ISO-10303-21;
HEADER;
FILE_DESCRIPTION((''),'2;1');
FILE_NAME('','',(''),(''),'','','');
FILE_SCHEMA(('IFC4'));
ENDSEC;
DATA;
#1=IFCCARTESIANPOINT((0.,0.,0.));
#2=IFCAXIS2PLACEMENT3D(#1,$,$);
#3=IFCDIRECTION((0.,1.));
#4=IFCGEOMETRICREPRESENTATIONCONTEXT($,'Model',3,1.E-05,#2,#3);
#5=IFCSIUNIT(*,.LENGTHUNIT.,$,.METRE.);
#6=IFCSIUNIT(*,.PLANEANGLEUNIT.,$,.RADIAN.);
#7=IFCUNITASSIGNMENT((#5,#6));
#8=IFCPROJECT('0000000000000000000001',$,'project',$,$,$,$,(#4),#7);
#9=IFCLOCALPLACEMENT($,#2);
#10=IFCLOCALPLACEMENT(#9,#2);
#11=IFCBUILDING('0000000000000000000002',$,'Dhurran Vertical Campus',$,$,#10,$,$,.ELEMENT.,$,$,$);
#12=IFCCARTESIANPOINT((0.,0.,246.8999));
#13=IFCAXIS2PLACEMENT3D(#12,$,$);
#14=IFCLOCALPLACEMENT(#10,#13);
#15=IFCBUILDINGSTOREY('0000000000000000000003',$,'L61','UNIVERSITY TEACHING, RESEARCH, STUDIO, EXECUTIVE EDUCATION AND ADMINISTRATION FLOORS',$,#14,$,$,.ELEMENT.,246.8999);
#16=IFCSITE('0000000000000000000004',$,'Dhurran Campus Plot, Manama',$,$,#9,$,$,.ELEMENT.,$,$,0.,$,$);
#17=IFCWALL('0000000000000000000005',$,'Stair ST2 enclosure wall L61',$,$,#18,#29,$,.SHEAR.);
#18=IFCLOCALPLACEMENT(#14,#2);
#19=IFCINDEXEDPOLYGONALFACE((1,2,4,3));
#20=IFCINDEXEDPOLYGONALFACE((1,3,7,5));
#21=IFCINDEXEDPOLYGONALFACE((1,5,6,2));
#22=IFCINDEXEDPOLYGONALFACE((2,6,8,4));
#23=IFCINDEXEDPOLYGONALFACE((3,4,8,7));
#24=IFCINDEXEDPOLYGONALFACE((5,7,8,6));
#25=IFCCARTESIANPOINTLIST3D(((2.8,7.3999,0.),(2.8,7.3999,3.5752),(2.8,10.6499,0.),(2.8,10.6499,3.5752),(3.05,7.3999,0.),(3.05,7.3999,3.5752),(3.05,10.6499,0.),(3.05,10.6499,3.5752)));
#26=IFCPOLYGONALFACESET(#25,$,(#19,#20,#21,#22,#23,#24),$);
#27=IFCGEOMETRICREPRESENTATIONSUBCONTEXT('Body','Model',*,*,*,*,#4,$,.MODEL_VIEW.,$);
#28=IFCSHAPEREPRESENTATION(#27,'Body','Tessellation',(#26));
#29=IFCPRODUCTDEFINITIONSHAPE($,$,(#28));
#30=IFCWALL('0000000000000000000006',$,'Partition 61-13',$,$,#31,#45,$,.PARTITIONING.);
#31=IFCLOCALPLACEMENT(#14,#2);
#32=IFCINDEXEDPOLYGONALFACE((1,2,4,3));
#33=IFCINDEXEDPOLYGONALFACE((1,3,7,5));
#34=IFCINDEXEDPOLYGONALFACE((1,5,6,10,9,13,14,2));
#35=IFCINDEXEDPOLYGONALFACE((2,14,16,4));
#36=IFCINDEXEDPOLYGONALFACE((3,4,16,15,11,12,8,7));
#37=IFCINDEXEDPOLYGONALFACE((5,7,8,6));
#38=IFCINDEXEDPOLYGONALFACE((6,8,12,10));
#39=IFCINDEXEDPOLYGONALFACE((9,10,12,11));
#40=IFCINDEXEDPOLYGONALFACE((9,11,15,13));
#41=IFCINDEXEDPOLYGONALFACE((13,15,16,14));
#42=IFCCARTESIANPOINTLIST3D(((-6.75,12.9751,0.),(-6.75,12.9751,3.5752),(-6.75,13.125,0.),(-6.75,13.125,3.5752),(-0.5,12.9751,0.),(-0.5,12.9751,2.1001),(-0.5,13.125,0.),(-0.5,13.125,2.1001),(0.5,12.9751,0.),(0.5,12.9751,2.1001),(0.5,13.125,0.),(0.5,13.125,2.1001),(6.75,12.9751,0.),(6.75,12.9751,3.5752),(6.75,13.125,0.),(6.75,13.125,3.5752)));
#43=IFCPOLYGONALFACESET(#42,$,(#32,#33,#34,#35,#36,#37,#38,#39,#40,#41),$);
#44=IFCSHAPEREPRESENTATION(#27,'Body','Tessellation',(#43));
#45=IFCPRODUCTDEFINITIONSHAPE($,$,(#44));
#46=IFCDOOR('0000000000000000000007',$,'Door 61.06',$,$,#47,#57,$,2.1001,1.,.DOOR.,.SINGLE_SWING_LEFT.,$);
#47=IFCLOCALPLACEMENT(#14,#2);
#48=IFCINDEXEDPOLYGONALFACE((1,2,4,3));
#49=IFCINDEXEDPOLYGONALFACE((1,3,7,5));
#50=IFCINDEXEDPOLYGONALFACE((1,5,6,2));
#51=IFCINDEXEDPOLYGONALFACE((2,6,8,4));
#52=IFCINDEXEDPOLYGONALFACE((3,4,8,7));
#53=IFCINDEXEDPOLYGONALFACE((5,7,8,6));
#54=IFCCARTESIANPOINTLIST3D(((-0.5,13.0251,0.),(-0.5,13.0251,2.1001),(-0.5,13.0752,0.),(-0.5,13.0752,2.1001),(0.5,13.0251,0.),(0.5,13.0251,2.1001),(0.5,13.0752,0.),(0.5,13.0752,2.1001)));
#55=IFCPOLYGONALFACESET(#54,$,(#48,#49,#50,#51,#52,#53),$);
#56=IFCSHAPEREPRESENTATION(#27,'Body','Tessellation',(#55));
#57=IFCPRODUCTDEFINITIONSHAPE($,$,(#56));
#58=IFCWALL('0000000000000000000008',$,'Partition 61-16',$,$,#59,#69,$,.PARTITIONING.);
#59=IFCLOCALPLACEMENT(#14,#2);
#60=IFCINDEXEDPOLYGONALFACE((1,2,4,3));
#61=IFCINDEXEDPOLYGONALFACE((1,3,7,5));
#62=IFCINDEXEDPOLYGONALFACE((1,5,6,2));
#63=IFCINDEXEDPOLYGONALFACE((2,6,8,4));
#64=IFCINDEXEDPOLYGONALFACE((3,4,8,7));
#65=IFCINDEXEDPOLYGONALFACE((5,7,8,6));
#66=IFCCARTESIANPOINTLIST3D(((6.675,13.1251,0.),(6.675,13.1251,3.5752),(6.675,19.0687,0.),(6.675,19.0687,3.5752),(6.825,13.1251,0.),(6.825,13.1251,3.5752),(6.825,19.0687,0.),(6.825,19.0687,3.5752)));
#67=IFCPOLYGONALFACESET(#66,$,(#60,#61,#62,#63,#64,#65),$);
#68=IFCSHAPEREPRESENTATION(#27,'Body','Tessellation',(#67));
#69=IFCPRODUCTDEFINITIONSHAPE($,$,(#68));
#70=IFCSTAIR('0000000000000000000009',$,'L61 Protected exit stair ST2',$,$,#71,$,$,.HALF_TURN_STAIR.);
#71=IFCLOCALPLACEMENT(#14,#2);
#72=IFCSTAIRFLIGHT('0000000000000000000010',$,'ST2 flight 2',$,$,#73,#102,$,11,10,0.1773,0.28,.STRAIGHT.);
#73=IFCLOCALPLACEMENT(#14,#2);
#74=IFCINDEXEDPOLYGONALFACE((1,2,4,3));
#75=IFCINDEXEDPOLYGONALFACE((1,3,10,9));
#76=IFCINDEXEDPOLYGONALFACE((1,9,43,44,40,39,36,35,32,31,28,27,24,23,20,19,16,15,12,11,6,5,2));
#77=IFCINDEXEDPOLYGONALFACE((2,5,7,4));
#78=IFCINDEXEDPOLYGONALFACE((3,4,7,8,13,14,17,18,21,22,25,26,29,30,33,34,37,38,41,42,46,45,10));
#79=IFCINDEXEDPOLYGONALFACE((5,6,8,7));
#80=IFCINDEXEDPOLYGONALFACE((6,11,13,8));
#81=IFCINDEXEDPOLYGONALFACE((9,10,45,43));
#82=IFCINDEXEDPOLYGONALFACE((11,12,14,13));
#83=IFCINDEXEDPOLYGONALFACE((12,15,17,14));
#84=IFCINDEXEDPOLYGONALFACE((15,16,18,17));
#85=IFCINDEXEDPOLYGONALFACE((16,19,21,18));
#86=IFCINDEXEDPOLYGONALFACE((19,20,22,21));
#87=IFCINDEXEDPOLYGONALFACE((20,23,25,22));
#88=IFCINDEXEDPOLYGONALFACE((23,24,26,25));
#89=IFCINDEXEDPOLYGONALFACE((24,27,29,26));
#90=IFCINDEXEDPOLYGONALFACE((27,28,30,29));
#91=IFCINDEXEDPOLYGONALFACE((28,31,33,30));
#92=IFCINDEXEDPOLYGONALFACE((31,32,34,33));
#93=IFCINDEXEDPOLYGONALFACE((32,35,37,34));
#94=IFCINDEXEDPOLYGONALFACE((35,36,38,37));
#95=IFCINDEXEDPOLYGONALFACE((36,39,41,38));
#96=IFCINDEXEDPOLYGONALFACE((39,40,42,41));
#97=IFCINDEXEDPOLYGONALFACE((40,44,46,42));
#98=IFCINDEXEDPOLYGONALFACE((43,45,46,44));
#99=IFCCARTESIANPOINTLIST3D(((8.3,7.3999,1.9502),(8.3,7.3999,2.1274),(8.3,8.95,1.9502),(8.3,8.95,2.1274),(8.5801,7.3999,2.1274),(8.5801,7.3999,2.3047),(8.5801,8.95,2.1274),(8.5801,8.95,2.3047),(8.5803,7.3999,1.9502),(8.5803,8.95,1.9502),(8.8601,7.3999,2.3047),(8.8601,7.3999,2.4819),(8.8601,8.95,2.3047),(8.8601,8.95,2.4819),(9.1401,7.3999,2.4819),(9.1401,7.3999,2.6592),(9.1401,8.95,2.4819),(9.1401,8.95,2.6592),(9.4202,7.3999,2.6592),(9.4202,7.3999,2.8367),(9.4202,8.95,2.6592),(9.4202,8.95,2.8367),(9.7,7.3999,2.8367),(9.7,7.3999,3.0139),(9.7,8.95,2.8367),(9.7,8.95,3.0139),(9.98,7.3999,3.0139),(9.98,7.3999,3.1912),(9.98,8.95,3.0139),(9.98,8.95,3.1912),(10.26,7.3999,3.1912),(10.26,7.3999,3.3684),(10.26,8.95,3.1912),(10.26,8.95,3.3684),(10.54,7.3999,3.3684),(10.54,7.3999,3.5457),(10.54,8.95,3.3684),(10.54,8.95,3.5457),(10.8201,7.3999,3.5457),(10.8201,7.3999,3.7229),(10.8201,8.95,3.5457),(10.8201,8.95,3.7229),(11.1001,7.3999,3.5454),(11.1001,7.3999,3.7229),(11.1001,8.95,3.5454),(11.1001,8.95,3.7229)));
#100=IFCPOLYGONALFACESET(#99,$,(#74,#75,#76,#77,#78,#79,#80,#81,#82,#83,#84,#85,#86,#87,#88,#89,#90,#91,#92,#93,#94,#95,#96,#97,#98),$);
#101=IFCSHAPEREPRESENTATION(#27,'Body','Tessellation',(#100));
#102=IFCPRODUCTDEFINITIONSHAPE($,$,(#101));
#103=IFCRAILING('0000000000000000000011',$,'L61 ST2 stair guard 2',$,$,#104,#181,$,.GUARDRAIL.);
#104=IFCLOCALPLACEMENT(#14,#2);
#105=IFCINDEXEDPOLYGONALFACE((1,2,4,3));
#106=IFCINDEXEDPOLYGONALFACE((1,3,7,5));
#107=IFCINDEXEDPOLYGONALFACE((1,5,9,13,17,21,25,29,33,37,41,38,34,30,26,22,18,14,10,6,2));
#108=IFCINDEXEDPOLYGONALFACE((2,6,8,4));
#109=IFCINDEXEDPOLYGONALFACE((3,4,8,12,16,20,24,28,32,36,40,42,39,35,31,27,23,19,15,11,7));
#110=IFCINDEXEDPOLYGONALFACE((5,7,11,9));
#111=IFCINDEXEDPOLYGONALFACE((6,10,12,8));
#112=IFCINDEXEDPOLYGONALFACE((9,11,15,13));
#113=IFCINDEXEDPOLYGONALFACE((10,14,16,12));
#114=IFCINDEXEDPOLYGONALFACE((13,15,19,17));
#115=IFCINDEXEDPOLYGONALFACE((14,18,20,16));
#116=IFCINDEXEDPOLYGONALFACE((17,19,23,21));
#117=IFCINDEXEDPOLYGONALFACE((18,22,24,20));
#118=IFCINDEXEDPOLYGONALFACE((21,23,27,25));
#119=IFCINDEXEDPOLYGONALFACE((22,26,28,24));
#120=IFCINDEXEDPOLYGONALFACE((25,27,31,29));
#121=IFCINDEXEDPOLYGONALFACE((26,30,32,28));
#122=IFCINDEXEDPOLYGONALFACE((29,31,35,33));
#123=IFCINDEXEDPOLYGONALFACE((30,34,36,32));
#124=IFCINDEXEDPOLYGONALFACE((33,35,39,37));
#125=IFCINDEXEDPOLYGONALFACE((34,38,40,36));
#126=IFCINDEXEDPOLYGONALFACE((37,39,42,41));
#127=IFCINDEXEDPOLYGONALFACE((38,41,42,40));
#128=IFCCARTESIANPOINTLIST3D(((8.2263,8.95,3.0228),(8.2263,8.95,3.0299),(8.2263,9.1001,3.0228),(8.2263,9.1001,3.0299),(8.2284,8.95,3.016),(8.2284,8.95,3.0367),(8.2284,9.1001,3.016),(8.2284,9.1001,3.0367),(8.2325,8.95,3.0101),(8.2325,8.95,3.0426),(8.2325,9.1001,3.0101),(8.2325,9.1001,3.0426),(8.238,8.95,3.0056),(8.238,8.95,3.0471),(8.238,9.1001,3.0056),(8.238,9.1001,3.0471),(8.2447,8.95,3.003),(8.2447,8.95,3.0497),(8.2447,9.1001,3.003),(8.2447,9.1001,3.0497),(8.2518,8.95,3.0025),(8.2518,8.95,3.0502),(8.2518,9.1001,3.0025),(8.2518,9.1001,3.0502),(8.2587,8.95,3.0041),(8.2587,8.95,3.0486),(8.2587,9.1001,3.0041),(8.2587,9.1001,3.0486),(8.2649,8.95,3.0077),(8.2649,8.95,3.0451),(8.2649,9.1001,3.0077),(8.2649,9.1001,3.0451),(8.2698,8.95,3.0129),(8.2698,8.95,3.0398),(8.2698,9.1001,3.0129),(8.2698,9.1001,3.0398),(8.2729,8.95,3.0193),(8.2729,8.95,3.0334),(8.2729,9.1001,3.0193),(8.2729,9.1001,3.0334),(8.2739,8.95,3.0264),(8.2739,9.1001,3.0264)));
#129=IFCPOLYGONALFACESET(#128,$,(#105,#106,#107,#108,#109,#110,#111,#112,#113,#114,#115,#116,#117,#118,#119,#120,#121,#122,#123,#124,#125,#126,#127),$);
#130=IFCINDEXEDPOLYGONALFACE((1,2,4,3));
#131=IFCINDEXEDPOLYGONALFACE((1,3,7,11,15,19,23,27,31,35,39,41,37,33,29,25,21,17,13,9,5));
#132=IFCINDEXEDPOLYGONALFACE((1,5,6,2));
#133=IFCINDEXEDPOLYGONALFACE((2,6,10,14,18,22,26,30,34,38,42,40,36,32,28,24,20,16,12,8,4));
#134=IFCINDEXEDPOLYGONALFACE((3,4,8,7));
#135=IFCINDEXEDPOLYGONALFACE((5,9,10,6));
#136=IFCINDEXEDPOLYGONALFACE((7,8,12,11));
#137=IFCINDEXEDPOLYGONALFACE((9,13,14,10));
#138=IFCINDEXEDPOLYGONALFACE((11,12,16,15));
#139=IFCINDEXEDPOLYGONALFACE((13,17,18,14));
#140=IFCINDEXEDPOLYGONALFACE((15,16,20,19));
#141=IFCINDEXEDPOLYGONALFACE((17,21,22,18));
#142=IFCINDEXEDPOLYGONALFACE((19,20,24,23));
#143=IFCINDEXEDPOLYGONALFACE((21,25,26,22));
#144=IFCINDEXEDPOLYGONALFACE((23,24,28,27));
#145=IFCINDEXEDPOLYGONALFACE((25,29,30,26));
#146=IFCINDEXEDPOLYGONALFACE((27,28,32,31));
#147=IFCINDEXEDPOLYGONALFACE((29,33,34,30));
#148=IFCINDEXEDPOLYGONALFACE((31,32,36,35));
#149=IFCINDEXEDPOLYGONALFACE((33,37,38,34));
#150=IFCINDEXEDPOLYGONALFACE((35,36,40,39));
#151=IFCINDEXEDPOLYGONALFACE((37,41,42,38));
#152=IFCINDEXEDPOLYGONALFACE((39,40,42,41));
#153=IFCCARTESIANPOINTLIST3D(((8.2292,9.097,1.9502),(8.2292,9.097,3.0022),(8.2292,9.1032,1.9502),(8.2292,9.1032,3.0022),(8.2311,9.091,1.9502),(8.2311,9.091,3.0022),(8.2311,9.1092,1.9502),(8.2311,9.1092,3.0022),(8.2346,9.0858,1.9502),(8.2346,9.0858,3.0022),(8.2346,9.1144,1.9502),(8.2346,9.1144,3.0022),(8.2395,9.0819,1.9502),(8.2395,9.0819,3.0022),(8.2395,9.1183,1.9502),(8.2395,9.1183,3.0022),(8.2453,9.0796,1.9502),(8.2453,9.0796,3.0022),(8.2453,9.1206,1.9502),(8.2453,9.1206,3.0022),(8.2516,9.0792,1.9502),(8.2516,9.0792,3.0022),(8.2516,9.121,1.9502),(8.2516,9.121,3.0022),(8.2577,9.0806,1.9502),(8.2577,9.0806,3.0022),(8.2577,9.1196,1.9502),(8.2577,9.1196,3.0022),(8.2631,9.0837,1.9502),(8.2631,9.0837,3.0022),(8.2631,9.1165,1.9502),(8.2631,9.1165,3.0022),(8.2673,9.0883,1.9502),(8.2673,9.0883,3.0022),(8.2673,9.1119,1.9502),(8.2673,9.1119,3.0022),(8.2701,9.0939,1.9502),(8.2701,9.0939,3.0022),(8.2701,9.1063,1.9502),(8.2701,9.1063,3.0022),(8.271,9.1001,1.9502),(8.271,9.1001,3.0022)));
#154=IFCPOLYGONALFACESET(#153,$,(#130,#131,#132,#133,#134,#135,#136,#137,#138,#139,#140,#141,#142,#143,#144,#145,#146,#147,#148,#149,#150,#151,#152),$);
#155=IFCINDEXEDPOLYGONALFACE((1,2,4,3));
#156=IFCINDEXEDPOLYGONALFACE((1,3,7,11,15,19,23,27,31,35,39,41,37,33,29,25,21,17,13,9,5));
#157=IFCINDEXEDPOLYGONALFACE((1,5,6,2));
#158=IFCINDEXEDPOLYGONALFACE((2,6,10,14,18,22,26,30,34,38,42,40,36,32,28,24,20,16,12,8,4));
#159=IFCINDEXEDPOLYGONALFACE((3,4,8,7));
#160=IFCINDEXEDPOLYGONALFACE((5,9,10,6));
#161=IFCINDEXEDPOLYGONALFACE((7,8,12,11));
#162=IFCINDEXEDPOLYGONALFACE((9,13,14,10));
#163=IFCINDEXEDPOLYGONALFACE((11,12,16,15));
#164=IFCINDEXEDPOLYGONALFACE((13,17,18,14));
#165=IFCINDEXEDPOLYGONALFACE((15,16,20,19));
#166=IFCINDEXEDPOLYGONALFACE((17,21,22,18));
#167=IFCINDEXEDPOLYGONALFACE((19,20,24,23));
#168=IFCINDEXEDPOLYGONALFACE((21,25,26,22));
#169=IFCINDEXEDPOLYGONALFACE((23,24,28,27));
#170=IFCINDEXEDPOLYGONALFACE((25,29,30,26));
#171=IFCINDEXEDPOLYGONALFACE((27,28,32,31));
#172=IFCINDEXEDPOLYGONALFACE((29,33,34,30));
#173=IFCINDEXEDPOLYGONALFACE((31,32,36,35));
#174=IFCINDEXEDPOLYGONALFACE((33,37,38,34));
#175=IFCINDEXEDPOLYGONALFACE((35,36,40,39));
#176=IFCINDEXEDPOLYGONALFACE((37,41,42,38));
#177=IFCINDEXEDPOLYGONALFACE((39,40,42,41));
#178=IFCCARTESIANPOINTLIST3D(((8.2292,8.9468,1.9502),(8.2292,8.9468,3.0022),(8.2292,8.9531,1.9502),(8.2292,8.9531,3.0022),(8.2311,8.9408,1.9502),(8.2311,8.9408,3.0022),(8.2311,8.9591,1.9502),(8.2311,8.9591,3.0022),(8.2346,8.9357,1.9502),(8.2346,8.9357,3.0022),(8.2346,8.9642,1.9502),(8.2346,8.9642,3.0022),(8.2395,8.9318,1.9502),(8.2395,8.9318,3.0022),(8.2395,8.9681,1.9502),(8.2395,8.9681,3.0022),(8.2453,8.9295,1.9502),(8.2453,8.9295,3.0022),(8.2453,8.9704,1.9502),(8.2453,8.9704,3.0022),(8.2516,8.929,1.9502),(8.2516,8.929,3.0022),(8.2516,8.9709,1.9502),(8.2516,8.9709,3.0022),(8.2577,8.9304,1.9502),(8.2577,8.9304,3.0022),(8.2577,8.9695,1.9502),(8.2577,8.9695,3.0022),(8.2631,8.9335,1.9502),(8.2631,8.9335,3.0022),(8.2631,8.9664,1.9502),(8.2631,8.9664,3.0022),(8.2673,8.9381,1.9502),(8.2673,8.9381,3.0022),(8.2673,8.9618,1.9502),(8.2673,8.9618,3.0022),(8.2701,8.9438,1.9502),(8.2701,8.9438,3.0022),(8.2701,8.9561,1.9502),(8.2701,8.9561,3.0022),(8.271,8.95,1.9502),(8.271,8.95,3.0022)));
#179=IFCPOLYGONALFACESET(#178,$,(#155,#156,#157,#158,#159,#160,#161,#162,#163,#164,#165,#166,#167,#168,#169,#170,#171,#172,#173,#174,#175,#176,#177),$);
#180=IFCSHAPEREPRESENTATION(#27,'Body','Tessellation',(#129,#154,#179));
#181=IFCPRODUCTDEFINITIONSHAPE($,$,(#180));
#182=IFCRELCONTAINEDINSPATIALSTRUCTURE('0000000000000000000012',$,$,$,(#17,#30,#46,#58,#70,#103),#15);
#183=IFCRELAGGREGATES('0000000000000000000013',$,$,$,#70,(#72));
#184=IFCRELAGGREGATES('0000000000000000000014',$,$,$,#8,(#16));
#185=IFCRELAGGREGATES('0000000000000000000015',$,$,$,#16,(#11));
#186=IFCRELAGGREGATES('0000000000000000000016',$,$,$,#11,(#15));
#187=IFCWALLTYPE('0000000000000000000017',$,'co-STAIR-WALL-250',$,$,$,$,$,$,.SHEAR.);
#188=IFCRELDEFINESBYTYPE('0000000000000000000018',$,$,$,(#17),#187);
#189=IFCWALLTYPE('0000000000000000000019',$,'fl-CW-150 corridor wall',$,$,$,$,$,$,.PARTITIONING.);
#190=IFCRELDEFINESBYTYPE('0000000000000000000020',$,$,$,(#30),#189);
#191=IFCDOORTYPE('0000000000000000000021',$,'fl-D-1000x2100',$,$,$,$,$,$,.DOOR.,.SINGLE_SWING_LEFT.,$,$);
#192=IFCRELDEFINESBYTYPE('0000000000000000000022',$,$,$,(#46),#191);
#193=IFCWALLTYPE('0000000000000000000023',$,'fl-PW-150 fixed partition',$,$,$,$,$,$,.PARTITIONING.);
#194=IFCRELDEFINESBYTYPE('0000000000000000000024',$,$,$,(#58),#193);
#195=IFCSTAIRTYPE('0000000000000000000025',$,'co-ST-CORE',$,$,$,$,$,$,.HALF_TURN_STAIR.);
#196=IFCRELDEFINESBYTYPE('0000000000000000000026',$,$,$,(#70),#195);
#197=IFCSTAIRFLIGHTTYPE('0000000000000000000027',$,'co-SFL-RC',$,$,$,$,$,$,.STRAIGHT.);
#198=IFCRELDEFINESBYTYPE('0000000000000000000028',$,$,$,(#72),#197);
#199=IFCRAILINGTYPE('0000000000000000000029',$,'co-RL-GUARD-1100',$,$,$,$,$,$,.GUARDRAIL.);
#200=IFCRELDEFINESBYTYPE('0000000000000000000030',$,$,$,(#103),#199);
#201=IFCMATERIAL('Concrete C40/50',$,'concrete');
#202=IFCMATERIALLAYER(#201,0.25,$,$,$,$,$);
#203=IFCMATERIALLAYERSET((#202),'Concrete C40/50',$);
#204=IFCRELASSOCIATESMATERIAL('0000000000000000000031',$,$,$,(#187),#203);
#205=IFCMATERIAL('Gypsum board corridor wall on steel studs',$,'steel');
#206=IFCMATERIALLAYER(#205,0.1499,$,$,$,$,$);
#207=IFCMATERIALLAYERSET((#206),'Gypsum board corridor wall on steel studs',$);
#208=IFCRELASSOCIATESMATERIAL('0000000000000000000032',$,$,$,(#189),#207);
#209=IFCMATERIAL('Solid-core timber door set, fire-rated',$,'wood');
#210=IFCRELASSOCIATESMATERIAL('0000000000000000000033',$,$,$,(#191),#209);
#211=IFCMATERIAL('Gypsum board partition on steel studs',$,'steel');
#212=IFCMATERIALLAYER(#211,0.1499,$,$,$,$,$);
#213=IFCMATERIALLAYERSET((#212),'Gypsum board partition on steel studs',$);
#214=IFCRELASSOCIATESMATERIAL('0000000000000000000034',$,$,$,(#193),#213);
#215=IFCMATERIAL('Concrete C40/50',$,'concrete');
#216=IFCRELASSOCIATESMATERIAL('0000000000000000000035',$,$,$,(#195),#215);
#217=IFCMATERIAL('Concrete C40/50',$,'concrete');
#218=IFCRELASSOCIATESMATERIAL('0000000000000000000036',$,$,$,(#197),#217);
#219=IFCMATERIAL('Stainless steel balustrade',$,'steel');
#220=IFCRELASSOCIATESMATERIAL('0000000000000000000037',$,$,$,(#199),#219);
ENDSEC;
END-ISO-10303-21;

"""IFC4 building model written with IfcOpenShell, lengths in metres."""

from ifc_helpers import new_model, si_unit, direction, frame, frame_2d, origin, origin_2d, place, context, subcontext, project, spatial, polyline, rectangle, circle, outline, extrude, material, layer, layer_set, type_object, element, fill, aggregate, save


model = new_model("IFC4")

# Units and contexts
model_context = context("Model", 3, precision=1e-05, world=origin(), true_north=direction((0.0, 1.0)))
body_context = subcontext(model_context, "Body", "Model", "MODEL_VIEW")
ifc_project = project(units=[si_unit("LENGTHUNIT", "METRE"), si_unit("PLANEANGLEUNIT", "RADIAN")], contexts=[model_context])

# Site, building, storey
site_placement = place(None, origin())
site = spatial("IfcSite", under=ifc_project, at=site_placement, Name="Dhurran Campus Plot, Manama", CompositionType="ELEMENT", RefElevation=0.0)
building_placement = place(site_placement, origin())
building = spatial("IfcBuilding", under=site, at=building_placement, Name="Dhurran Vertical Campus", CompositionType="ELEMENT")
storey_placement = place(building_placement, frame((0.0, 0.0, 246.8999)))
storey = spatial("IfcBuildingStorey", under=building, at=storey_placement, Name="L61", Description="UNIVERSITY TEACHING, RESEARCH, STUDIO, EXECUTIVE EDUCATION AND ADMINISTRATION FLOORS", CompositionType="ELEMENT", Elevation=246.8999)

# Shared definitions
ifc_material_1 = material(Name="Concrete C40/50", Category="concrete")
ifc_layer_1 = layer(ifc_material_1, 0.25)
ifc_layer_set_1 = layer_set([ifc_layer_1], Name="Concrete C40/50")
wall_type_1 = type_object("IfcWallType", Name="co-STAIR-WALL-250", PredefinedType="SHEAR", material=ifc_layer_set_1)

# Wall
wall_1_placement = place(storey_placement, frame((2.925, 7.3999, 0.0), z_axis=(0.0, 0.0, 1.0), x_axis=(0.0, 1.0, 0.0)))
element("IfcWall", 1, at=wall_1_placement, inside=storey, type_object=wall_type_1, Name="Stair ST2 enclosure wall L61", PredefinedType="SHEAR", context=body_context, shape_type="SweptSolid", body=[
    extrude(rectangle(XDim=3.25, YDim=0.25, at=frame_2d((1.625, 0.0))), origin(), (0.0, 0.0, 1.0), 3.5752),
])

# Wall, opening, door
ifc_material_2 = material(Name="Gypsum board corridor wall on steel studs", Category="steel")
ifc_layer_2 = layer(ifc_material_2, 0.1499)
ifc_layer_set_2 = layer_set([ifc_layer_2], Name="Gypsum board corridor wall on steel studs")
wall_type_2 = type_object("IfcWallType", Name="fl-CW-150 corridor wall", PredefinedType="PARTITIONING", material=ifc_layer_set_2)
wall_2_placement = place(storey_placement, frame((6.75, 13.05, 0.0), z_axis=(0.0, 0.0, 1.0), x_axis=(-1.0, 0.0, 0.0)))
wall_2 = element("IfcWall", 2, at=wall_2_placement, inside=storey, type_object=wall_type_2, Name="Partition 61-13", PredefinedType="PARTITIONING", context=body_context, shape_type="SweptSolid", body=[
    extrude(rectangle(XDim=13.5, YDim=0.1499, at=frame_2d((6.75, 0.0))), origin(), (0.0, 0.0, 1.0), 3.5752),
])
opening_1_placement = place(wall_2_placement, frame((6.25, 0.0, 0.0)))
opening_1 = element("IfcOpeningElement", 3, at=opening_1_placement, cuts=wall_2, PredefinedType="OPENING", context=body_context, shape_type="SweptSolid", body=[
    extrude(rectangle(XDim=1.0, YDim=2.1001, at=frame_2d((0.5, 1.05))), frame((0.0, 0.085, 0.0), z_axis=(0.0, -1.0, 0.0), x_axis=(1.0, 0.0, 0.0)), (0.0, 0.0, 1.0), 0.1699),
])
ifc_material_3 = material(Name="Solid-core timber door set, fire-rated", Category="wood")
door_type_1 = type_object("IfcDoorType", Name="fl-D-1000x2100", OperationType="SINGLE_SWING_LEFT", PredefinedType="DOOR", material=ifc_material_3)
door_1_placement = place(opening_1_placement, origin())
door_1 = element("IfcDoor", 4, at=door_1_placement, inside=storey, type_object=door_type_1, Name="Door 61.06", OperationType="SINGLE_SWING_LEFT", OverallHeight=2.1001, OverallWidth=1.0, PredefinedType="DOOR", context=body_context, shape_type="SweptSolid", body=[
    extrude(rectangle(XDim=1.0, YDim=2.1001, at=frame_2d((0.5, 1.05))), frame((0.0, 0.0249, 0.0), z_axis=(0.0, -1.0, 0.0), x_axis=(1.0, 0.0, 0.0)), (0.0, 0.0, 1.0), 0.05),
])
fill(opening_1, door_1)

# Wall
ifc_material_4 = material(Name="Gypsum board partition on steel studs", Category="steel")
ifc_layer_3 = layer(ifc_material_4, 0.1499)
ifc_layer_set_3 = layer_set([ifc_layer_3], Name="Gypsum board partition on steel studs")
wall_type_3 = type_object("IfcWallType", Name="fl-PW-150 fixed partition", PredefinedType="PARTITIONING", material=ifc_layer_set_3)
wall_3_placement = place(storey_placement, frame((6.75, 19.0686, 0.0), z_axis=(0.0, 0.0, 1.0), x_axis=(0.0, -1.0, 0.0)))
element("IfcWall", 5, at=wall_3_placement, inside=storey, type_object=wall_type_3, Name="Partition 61-16", PredefinedType="PARTITIONING", context=body_context, shape_type="SweptSolid", body=[
    extrude(rectangle(XDim=5.9436, YDim=0.1499, at=frame_2d((2.9717, 0.0))), origin(), (0.0, 0.0, 1.0), 3.5752),
])

# Stair, stair flight
ifc_material_5 = material(Name="Concrete C40/50", Category="concrete")
stair_type = type_object("IfcStairType", Name="co-ST-CORE", PredefinedType="HALF_TURN_STAIR", material=ifc_material_5)
stair_placement = place(storey_placement, origin())
stair = element("IfcStair", 6, at=stair_placement, inside=storey, type_object=stair_type, Name="L61 Protected exit stair ST2", PredefinedType="HALF_TURN_STAIR")
ifc_material_6 = material(Name="Concrete C40/50", Category="concrete")
stair_flight_type = type_object("IfcStairFlightType", Name="co-SFL-RC", PredefinedType="STRAIGHT", material=ifc_material_6)
stair_flight_placement = place(storey_placement, frame((8.3, 8.175, 1.9502), z_axis=(0.0, 0.0, 1.0), x_axis=(1.0, 0.0, 0.0)))
stair_flight = element("IfcStairFlight", 7, at=stair_flight_placement, type_object=stair_flight_type, Name="ST2 flight 2", NumberOfRisers=11, NumberOfTreads=10, PredefinedType="STRAIGHT", RiserHeight=0.1773, TreadLength=0.28, context=body_context, shape_type="SweptSolid", body=[
    extrude(outline(polyline([(0.0, 0.0), (0.0, 0.1772), (0.28, 0.1772), (0.28, 0.3545), (0.5601, 0.3545), (0.5601, 0.5317), (0.8401, 0.5317), (0.8401, 0.709), (1.1201, 0.709), (1.1201, 0.8865), (1.3999, 0.8865), (1.3999, 1.0637), (1.6799, 1.0637), (1.6799, 1.241), (1.96, 1.241), (1.96, 1.4182), (2.24, 1.4182), (2.24, 1.5955), (2.52, 1.5955), (2.52, 1.7727), (2.8, 1.7727), (2.8, 1.95), (2.8, 1.5952), (0.2803, 0.0), (0.0, 0.0)])), frame((0.0, 0.7749, 0.0), z_axis=(0.0, -1.0, 0.0), x_axis=(1.0, 0.0, 0.0)), (0.0, 0.0, 1.0), 1.55),
])
aggregate(stair, [stair_flight])

# Railing
ifc_material_7 = material(Name="Stainless steel balustrade", Category="steel")
railing_type_1 = type_object("IfcRailingType", Name="co-RL-GUARD-1100", PredefinedType="GUARDRAIL", material=ifc_material_7)
railing_1_placement = place(storey_placement, frame((8.25, 9.1001, 1.9502)))
element("IfcRailing", 8, at=railing_1_placement, inside=storey, type_object=railing_type_1, Name="L61 ST2 stair guard 2", PredefinedType="GUARDRAIL", context=body_context, shape_type="SweptSolid", body=[
    extrude(circle(Radius=0.0239, at=origin_2d()), frame((0.0, 0.0, 1.0762), z_axis=(0.0, -1.0, 0.0), x_axis=(1.0, 0.0, 0.0)), (0.0, 0.0, 1.0), 0.1501),
    extrude(circle(Radius=0.021, at=origin_2d()), origin(), (0.0, 0.0, 1.0), 1.052),
    extrude(circle(Radius=0.021, at=origin_2d()), frame((0.0, -0.1501, 0.0)), (0.0, 0.0, 1.0), 1.052),
])

save(model, "model.ifc")
